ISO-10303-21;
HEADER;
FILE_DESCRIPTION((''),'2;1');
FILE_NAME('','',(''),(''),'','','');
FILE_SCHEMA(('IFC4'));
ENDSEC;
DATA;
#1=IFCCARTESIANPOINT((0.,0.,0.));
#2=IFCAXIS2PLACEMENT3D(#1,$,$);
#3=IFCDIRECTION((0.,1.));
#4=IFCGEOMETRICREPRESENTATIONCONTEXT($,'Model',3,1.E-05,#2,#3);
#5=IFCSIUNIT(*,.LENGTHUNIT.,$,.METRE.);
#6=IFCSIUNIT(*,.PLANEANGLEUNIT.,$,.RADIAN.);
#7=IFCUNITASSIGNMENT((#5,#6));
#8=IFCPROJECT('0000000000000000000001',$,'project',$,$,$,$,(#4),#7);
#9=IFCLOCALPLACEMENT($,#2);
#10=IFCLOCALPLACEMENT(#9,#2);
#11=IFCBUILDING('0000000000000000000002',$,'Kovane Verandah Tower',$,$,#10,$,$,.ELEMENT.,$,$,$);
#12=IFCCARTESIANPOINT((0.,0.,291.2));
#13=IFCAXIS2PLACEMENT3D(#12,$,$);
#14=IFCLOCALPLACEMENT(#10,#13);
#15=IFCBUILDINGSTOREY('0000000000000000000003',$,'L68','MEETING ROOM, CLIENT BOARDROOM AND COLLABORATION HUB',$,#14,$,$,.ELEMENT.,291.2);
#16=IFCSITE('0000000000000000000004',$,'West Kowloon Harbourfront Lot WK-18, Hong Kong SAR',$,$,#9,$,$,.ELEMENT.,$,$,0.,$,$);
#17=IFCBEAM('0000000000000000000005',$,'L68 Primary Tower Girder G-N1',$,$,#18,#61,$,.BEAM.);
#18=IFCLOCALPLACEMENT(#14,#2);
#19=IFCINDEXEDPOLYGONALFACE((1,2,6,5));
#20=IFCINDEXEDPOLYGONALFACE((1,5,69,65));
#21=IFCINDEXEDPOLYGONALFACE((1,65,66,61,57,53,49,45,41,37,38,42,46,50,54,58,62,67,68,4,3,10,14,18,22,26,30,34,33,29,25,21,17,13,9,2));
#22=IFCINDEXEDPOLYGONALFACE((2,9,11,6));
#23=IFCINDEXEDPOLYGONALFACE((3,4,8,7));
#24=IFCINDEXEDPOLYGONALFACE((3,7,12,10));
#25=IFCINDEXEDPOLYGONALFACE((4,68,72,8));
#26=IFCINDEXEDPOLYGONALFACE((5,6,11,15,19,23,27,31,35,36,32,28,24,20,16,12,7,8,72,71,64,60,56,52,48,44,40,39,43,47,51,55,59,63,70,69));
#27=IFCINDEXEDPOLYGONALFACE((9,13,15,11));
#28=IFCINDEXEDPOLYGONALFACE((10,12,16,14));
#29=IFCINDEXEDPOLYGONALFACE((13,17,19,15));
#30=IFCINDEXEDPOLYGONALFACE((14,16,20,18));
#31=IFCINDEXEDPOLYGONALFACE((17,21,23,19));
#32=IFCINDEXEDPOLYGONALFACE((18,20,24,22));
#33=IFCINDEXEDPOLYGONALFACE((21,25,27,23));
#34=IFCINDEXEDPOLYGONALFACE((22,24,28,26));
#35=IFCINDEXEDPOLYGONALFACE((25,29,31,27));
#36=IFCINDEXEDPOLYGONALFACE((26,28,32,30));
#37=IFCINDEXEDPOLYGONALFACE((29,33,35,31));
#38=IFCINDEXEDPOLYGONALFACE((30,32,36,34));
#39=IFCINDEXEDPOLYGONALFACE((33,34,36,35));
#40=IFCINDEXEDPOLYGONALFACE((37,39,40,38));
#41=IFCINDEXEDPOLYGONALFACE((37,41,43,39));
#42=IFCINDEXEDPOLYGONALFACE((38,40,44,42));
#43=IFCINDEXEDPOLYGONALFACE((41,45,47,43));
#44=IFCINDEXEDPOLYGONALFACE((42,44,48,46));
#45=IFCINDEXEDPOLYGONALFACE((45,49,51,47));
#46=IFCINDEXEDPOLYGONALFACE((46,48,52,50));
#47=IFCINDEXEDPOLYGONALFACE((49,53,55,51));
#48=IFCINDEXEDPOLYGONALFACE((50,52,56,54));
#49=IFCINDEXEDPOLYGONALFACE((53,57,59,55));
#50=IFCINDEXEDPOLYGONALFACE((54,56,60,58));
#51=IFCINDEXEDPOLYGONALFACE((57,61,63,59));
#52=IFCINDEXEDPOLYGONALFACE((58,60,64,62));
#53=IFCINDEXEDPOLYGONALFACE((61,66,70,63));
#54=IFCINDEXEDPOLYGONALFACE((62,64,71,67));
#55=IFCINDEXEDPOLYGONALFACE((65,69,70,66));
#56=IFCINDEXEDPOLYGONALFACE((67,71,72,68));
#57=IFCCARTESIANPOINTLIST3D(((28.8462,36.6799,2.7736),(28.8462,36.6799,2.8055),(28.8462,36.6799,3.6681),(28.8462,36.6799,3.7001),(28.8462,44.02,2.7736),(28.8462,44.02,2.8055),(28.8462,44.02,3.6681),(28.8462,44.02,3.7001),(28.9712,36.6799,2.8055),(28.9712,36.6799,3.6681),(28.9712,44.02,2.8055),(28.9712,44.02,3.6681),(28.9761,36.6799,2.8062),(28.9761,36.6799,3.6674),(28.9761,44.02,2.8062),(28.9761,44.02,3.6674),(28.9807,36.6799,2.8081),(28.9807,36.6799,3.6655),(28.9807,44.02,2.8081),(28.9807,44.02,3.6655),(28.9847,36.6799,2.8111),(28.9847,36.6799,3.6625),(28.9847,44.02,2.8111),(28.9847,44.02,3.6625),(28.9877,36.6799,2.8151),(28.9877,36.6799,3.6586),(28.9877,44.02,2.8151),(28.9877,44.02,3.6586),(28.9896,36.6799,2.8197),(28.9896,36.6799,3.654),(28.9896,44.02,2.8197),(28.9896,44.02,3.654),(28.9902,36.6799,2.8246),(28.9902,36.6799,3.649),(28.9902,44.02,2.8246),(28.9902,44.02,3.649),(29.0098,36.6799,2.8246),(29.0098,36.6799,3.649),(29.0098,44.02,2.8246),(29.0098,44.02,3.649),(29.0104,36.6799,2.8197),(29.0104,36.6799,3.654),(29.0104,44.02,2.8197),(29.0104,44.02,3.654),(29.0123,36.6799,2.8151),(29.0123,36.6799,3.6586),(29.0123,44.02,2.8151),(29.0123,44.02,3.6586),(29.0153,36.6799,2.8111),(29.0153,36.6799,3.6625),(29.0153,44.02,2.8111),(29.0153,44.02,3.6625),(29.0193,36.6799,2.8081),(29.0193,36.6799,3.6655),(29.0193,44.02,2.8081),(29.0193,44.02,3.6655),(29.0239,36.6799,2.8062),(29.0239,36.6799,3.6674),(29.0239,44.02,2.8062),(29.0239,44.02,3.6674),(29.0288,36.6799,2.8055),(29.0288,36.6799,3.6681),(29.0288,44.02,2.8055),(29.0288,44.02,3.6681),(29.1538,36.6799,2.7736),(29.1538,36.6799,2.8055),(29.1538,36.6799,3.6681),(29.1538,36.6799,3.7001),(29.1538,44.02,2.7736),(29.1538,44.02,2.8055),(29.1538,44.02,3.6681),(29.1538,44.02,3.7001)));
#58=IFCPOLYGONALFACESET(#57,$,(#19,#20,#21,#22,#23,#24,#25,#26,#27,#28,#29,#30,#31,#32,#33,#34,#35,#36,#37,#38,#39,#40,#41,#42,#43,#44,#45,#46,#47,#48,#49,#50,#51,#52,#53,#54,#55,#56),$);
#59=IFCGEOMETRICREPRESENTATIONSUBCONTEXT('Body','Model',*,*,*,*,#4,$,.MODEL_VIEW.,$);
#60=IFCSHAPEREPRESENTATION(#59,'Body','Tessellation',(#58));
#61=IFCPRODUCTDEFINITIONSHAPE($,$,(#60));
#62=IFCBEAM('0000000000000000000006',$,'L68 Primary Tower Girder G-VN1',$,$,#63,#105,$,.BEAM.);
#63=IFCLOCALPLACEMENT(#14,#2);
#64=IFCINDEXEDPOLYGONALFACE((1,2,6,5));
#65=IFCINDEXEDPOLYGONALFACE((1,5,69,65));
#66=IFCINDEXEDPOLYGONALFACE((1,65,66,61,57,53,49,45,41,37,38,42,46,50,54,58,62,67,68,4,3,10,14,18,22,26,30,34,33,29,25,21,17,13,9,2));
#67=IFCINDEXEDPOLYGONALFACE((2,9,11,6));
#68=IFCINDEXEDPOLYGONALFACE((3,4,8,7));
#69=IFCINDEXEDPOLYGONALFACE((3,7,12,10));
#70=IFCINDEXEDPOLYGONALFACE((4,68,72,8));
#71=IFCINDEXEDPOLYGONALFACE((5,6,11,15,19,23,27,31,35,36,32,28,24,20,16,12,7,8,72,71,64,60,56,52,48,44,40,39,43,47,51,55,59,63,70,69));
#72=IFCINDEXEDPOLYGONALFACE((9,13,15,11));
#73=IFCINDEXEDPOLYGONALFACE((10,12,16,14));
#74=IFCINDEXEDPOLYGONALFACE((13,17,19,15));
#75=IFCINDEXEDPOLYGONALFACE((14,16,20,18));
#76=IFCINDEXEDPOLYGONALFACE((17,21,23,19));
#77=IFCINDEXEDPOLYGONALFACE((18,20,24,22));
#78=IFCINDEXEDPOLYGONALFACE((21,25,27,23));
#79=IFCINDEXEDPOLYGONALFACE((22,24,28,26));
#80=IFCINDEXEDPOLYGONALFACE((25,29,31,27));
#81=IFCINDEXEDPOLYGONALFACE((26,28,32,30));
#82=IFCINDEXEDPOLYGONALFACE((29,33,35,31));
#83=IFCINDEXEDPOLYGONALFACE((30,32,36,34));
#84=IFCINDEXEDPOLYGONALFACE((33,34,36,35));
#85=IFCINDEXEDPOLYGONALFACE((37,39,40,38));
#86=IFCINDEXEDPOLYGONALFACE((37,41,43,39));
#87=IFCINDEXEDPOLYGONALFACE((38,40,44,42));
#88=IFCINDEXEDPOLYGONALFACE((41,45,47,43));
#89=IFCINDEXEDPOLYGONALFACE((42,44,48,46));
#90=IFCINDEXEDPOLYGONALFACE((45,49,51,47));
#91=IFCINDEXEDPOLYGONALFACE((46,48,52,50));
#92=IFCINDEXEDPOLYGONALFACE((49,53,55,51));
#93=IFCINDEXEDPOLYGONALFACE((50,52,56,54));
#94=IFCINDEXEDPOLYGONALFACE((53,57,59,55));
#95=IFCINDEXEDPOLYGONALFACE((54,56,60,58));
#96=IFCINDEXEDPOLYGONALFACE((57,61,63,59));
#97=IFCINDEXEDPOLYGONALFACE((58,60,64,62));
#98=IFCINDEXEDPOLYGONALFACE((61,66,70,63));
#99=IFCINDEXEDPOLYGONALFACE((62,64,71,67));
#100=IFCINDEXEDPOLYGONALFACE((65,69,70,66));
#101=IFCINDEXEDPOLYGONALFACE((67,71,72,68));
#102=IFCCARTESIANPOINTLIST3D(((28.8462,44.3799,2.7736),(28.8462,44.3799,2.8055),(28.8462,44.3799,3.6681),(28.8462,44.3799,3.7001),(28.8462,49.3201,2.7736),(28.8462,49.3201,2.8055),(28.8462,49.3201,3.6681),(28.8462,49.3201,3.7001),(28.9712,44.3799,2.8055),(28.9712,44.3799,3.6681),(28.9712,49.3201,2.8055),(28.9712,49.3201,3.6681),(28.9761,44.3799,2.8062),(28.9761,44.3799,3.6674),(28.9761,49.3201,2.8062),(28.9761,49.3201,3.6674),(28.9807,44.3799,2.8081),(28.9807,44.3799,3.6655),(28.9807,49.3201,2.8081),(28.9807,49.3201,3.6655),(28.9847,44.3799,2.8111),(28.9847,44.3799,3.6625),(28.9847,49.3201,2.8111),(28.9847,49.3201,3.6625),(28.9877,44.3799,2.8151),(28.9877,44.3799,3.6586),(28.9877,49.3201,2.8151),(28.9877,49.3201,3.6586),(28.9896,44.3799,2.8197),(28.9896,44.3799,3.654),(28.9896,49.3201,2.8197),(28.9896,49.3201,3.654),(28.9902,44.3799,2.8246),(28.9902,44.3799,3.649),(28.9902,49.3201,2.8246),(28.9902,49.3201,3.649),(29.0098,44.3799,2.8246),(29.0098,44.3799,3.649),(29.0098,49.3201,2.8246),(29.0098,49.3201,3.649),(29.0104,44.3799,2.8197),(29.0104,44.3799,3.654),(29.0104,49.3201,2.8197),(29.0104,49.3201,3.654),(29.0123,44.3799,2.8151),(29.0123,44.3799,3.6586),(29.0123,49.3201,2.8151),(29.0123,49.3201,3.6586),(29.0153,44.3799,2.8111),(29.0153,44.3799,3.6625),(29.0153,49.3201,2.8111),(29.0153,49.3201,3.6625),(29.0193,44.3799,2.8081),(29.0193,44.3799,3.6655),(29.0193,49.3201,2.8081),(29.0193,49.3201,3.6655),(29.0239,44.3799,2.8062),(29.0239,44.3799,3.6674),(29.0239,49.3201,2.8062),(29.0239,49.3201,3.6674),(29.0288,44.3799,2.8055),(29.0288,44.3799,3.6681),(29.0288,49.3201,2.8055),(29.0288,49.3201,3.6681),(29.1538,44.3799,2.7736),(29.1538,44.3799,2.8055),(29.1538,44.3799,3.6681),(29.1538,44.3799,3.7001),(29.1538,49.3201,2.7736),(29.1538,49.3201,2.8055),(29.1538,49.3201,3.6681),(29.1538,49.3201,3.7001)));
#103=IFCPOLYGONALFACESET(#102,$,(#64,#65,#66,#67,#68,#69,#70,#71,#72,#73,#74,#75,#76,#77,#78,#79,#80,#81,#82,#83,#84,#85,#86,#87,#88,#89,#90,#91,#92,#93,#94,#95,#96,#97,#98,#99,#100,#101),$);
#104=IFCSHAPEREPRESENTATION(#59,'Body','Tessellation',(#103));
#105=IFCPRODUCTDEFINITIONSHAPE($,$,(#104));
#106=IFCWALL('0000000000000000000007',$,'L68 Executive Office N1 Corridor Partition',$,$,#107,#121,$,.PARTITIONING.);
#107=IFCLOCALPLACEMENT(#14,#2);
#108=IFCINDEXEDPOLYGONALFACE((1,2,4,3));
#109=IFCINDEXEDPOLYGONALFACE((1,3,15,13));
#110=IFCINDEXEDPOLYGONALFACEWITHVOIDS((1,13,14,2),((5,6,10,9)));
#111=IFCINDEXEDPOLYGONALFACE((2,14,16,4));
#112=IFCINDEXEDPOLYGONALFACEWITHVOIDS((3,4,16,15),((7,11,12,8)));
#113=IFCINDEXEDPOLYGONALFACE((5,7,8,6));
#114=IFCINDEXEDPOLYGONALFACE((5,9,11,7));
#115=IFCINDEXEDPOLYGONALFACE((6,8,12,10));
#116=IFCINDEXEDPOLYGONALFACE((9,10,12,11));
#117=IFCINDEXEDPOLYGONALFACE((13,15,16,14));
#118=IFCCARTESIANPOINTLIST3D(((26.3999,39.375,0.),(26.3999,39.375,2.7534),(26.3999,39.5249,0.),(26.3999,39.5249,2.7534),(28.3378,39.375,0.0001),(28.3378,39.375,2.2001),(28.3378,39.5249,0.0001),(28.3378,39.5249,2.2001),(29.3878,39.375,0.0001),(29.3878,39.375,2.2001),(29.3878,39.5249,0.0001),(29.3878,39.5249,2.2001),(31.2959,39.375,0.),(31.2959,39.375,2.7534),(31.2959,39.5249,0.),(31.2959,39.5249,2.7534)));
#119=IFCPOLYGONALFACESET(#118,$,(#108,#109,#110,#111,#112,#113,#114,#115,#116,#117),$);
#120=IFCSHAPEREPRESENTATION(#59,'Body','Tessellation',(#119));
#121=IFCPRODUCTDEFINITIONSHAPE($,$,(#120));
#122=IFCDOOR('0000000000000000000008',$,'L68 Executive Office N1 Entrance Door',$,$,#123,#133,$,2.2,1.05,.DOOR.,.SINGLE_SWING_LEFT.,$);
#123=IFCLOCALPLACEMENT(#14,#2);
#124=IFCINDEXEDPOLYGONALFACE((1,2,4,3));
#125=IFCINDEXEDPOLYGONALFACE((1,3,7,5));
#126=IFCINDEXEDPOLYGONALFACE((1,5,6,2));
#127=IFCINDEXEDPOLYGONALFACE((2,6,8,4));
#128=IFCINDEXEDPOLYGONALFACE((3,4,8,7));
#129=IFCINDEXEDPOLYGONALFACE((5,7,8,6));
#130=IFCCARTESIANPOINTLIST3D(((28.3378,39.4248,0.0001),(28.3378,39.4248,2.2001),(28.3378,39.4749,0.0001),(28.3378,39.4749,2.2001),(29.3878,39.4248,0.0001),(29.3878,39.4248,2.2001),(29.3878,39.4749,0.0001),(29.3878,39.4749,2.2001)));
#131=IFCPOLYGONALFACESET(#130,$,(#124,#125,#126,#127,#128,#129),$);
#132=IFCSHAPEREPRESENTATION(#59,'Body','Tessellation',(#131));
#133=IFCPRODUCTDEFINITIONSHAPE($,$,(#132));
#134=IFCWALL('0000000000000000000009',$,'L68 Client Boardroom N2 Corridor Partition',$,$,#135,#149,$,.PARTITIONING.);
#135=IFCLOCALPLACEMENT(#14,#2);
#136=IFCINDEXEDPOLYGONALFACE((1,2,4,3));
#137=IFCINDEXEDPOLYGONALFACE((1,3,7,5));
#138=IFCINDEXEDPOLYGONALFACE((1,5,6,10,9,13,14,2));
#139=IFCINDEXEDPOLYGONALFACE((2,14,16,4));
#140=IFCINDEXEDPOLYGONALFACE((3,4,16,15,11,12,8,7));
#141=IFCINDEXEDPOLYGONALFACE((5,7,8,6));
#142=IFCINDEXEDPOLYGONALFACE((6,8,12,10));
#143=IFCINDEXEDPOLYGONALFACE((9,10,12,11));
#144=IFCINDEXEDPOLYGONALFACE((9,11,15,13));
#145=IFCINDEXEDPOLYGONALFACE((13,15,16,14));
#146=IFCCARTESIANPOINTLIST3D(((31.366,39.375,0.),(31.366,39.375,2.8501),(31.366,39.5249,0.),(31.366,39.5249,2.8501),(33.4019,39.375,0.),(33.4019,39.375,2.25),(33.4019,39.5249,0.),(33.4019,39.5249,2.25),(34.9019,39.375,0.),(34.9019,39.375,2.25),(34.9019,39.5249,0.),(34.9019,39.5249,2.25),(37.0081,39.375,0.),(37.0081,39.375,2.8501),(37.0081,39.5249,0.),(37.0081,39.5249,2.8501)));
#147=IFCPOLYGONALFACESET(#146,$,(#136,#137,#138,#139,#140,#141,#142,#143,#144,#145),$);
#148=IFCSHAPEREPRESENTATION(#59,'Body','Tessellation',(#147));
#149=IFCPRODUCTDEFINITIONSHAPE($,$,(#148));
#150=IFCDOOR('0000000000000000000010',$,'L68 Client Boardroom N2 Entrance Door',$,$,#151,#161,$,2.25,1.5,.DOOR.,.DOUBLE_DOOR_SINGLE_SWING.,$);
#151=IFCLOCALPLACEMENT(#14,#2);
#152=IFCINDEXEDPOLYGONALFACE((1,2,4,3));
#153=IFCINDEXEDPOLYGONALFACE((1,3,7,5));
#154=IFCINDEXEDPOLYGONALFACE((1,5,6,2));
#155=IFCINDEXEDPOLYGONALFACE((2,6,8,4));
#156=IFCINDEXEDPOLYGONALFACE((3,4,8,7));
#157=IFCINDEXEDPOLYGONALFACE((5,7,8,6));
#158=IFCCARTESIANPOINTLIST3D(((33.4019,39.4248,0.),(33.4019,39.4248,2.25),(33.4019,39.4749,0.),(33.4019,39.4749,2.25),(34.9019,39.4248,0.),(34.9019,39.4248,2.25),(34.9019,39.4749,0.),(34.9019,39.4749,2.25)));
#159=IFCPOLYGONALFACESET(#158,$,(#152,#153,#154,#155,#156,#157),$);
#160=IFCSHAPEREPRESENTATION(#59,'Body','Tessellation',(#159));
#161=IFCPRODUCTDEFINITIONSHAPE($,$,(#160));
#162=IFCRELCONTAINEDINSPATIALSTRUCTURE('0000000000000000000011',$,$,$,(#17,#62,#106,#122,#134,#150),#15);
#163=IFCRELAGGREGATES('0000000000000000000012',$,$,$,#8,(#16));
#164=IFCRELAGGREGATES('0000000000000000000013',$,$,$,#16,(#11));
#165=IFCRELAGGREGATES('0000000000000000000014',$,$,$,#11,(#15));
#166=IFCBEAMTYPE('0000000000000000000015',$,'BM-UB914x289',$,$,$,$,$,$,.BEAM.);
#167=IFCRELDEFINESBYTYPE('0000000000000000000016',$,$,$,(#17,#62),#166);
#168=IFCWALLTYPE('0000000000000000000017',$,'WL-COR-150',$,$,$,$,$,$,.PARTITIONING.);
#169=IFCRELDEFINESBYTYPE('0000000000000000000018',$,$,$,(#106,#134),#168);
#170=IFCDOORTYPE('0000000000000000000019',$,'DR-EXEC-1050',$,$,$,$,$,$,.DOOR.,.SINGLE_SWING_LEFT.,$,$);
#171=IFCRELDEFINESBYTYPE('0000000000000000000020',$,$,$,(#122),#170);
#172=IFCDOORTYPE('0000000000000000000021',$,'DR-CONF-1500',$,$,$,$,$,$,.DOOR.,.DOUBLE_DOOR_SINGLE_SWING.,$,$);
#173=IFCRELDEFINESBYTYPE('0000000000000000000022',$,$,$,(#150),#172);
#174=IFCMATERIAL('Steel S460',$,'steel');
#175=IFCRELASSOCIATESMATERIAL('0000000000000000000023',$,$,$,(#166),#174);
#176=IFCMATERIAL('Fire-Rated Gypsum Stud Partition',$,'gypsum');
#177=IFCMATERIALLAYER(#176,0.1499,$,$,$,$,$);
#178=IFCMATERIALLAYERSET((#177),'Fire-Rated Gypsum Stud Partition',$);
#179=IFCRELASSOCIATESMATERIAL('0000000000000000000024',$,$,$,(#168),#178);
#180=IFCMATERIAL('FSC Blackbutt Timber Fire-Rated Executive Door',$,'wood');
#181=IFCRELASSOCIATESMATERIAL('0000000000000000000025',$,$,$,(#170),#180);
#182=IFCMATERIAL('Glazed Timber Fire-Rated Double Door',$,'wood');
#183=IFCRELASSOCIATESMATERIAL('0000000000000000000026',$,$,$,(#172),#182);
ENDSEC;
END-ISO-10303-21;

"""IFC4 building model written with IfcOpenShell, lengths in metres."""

from ifc_helpers import new_model, si_unit, direction, frame, frame_2d, origin, origin_2d, place, context, subcontext, project, spatial, rectangle, i_section, extrude, material, layer, layer_set, material_profile, profile_set, type_object, element, fill, save


model = new_model("IFC4")

# Units and contexts
model_context = context("Model", 3, precision=1e-05, world=origin(), true_north=direction((0.0, 1.0)))
body_context = subcontext(model_context, "Body", "Model", "MODEL_VIEW")
ifc_project = project(units=[si_unit("LENGTHUNIT", "METRE"), si_unit("PLANEANGLEUNIT", "RADIAN")], contexts=[model_context])

# Site, building, storey
site_placement = place(None, origin())
site = spatial("IfcSite", under=ifc_project, at=site_placement, Name="West Kowloon Harbourfront Lot WK-18, Hong Kong SAR", CompositionType="ELEMENT", RefElevation=0.0)
building_placement = place(site_placement, origin())
building = spatial("IfcBuilding", under=site, at=building_placement, Name="Kovane Verandah Tower", CompositionType="ELEMENT")
storey_placement = place(building_placement, frame((0.0, 0.0, 291.2)))
storey = spatial("IfcBuildingStorey", under=building, at=storey_placement, Name="L68", Description="MEETING ROOM, CLIENT BOARDROOM AND COLLABORATION HUB", CompositionType="ELEMENT", Elevation=291.2)

# Shared definitions
ifc_material_1 = material(Name="Steel S460", Category="steel")

# Beams
ifc_material_profile_1 = material_profile(ifc_material_1, i_section(OverallWidth=0.3076, OverallDepth=0.9265, WebThickness=0.0195, FlangeThickness=0.032, FilletRadius=0.019, at=origin_2d()), Name="UB914x305x289")
ifc_profile_set_1 = profile_set([ifc_material_profile_1], Name="Steel S460")
beam_type_1 = type_object("IfcBeamType", Name="BM-UB914x289", PredefinedType="BEAM", material=ifc_profile_set_1)
beam_1_placement = place(storey_placement, frame((29.0, 36.6799, 3.2368), z_axis=(0.0, 1.0, 0.0), x_axis=(-1.0, 0.0, 0.0)))
element("IfcBeam", 1, at=beam_1_placement, inside=storey, type_object=beam_type_1, Name="L68 Primary Tower Girder G-N1", PredefinedType="BEAM", context=body_context, shape_type="SweptSolid", body=[
    extrude(i_section(OverallWidth=0.3076, OverallDepth=0.9265, WebThickness=0.0195, FlangeThickness=0.032, FilletRadius=0.019, at=origin_2d()), origin(), (0.0, 0.0, 1.0), 7.3401),
])
beam_2_placement = place(storey_placement, frame((29.0, 44.3799, 3.2368), z_axis=(0.0, 1.0, 0.0), x_axis=(-1.0, 0.0, 0.0)))
element("IfcBeam", 2, at=beam_2_placement, inside=storey, type_object=beam_type_1, Name="L68 Primary Tower Girder G-VN1", PredefinedType="BEAM", context=body_context, shape_type="SweptSolid", body=[
    extrude(i_section(OverallWidth=0.3076, OverallDepth=0.9265, WebThickness=0.0195, FlangeThickness=0.032, FilletRadius=0.019, at=origin_2d()), origin(), (0.0, 0.0, 1.0), 4.9402),
])

# Walls, openings, doors
ifc_material_2 = material(Name="Fire-Rated Gypsum Stud Partition", Category="gypsum")
ifc_layer_1 = layer(ifc_material_2, 0.1499)
ifc_layer_set_1 = layer_set([ifc_layer_1], Name="Fire-Rated Gypsum Stud Partition")
wall_type_1 = type_object("IfcWallType", Name="WL-COR-150", PredefinedType="PARTITIONING", material=ifc_layer_set_1)
wall_1_placement = place(storey_placement, frame((26.3999, 39.45, 0.0), z_axis=(0.0, 0.0, 1.0), x_axis=(1.0, 0.0, 0.0)))
wall_1 = element("IfcWall", 3, at=wall_1_placement, inside=storey, type_object=wall_type_1, Name="L68 Executive Office N1 Corridor Partition", PredefinedType="PARTITIONING", context=body_context, shape_type="SweptSolid", body=[
    extrude(rectangle(XDim=4.896, YDim=0.1499, at=frame_2d((2.448, 0.0))), origin(), (0.0, 0.0, 1.0), 2.7534),
])
opening_1_placement = place(wall_1_placement, frame((1.938, 0.0, 0.0)))
opening_1 = element("IfcOpeningElement", 4, at=opening_1_placement, cuts=wall_1, PredefinedType="OPENING", context=body_context, shape_type="SweptSolid", body=[
    extrude(rectangle(XDim=1.05, YDim=2.2, at=frame_2d((0.5249, 1.1001))), frame((0.0, 0.075, 0.0), z_axis=(0.0, -1.0, 0.0), x_axis=(1.0, 0.0, 0.0)), (0.0, 0.0, 1.0), 0.1499),
])
ifc_material_3 = material(Name="FSC Blackbutt Timber Fire-Rated Executive Door", Category="wood")
door_type_1 = type_object("IfcDoorType", Name="DR-EXEC-1050", OperationType="SINGLE_SWING_LEFT", PredefinedType="DOOR", material=ifc_material_3)
door_1_placement = place(opening_1_placement, origin())
door_1 = element("IfcDoor", 5, at=door_1_placement, inside=storey, type_object=door_type_1, Name="L68 Executive Office N1 Entrance Door", OperationType="SINGLE_SWING_LEFT", OverallHeight=2.2, OverallWidth=1.05, PredefinedType="DOOR", context=body_context, shape_type="SweptSolid", body=[
    extrude(rectangle(XDim=1.05, YDim=2.2, at=frame_2d((0.5249, 1.1001))), frame((0.0, 0.0249, 0.0), z_axis=(0.0, -1.0, 0.0), x_axis=(1.0, 0.0, 0.0)), (0.0, 0.0, 1.0), 0.05),
])
fill(opening_1, door_1)
wall_2_placement = place(storey_placement, frame((31.366, 39.45, 0.0), z_axis=(0.0, 0.0, 1.0), x_axis=(1.0, 0.0, 0.0)))
wall_2 = element("IfcWall", 6, at=wall_2_placement, inside=storey, type_object=wall_type_1, Name="L68 Client Boardroom N2 Corridor Partition", PredefinedType="PARTITIONING", context=body_context, shape_type="SweptSolid", body=[
    extrude(rectangle(XDim=5.6421, YDim=0.1499, at=frame_2d((2.821, 0.0))), origin(), (0.0, 0.0, 1.0), 2.8501),
])
opening_2_placement = place(wall_2_placement, frame((2.0359, 0.0, 0.0)))
opening_2 = element("IfcOpeningElement", 7, at=opening_2_placement, cuts=wall_2, PredefinedType="OPENING", context=body_context, shape_type="SweptSolid", body=[
    extrude(rectangle(XDim=1.5, YDim=2.25, at=frame_2d((0.75, 1.125))), frame((0.0, 0.075, 0.0), z_axis=(0.0, -1.0, 0.0), x_axis=(1.0, 0.0, 0.0)), (0.0, 0.0, 1.0), 0.1499),
])
ifc_material_4 = material(Name="Glazed Timber Fire-Rated Double Door", Category="wood")
door_type_2 = type_object("IfcDoorType", Name="DR-CONF-1500", OperationType="DOUBLE_DOOR_SINGLE_SWING", PredefinedType="DOOR", material=ifc_material_4)
door_2_placement = place(opening_2_placement, origin())
door_2 = element("IfcDoor", 8, at=door_2_placement, inside=storey, type_object=door_type_2, Name="L68 Client Boardroom N2 Entrance Door", OperationType="DOUBLE_DOOR_SINGLE_SWING", OverallHeight=2.25, OverallWidth=1.5, PredefinedType="DOOR", context=body_context, shape_type="SweptSolid", body=[
    extrude(rectangle(XDim=1.5, YDim=2.25, at=frame_2d((0.75, 1.125))), frame((0.0, 0.0249, 0.0), z_axis=(0.0, -1.0, 0.0), x_axis=(1.0, 0.0, 0.0)), (0.0, 0.0, 1.0), 0.05),
])
fill(opening_2, door_2)

save(model, "model.ifc")
